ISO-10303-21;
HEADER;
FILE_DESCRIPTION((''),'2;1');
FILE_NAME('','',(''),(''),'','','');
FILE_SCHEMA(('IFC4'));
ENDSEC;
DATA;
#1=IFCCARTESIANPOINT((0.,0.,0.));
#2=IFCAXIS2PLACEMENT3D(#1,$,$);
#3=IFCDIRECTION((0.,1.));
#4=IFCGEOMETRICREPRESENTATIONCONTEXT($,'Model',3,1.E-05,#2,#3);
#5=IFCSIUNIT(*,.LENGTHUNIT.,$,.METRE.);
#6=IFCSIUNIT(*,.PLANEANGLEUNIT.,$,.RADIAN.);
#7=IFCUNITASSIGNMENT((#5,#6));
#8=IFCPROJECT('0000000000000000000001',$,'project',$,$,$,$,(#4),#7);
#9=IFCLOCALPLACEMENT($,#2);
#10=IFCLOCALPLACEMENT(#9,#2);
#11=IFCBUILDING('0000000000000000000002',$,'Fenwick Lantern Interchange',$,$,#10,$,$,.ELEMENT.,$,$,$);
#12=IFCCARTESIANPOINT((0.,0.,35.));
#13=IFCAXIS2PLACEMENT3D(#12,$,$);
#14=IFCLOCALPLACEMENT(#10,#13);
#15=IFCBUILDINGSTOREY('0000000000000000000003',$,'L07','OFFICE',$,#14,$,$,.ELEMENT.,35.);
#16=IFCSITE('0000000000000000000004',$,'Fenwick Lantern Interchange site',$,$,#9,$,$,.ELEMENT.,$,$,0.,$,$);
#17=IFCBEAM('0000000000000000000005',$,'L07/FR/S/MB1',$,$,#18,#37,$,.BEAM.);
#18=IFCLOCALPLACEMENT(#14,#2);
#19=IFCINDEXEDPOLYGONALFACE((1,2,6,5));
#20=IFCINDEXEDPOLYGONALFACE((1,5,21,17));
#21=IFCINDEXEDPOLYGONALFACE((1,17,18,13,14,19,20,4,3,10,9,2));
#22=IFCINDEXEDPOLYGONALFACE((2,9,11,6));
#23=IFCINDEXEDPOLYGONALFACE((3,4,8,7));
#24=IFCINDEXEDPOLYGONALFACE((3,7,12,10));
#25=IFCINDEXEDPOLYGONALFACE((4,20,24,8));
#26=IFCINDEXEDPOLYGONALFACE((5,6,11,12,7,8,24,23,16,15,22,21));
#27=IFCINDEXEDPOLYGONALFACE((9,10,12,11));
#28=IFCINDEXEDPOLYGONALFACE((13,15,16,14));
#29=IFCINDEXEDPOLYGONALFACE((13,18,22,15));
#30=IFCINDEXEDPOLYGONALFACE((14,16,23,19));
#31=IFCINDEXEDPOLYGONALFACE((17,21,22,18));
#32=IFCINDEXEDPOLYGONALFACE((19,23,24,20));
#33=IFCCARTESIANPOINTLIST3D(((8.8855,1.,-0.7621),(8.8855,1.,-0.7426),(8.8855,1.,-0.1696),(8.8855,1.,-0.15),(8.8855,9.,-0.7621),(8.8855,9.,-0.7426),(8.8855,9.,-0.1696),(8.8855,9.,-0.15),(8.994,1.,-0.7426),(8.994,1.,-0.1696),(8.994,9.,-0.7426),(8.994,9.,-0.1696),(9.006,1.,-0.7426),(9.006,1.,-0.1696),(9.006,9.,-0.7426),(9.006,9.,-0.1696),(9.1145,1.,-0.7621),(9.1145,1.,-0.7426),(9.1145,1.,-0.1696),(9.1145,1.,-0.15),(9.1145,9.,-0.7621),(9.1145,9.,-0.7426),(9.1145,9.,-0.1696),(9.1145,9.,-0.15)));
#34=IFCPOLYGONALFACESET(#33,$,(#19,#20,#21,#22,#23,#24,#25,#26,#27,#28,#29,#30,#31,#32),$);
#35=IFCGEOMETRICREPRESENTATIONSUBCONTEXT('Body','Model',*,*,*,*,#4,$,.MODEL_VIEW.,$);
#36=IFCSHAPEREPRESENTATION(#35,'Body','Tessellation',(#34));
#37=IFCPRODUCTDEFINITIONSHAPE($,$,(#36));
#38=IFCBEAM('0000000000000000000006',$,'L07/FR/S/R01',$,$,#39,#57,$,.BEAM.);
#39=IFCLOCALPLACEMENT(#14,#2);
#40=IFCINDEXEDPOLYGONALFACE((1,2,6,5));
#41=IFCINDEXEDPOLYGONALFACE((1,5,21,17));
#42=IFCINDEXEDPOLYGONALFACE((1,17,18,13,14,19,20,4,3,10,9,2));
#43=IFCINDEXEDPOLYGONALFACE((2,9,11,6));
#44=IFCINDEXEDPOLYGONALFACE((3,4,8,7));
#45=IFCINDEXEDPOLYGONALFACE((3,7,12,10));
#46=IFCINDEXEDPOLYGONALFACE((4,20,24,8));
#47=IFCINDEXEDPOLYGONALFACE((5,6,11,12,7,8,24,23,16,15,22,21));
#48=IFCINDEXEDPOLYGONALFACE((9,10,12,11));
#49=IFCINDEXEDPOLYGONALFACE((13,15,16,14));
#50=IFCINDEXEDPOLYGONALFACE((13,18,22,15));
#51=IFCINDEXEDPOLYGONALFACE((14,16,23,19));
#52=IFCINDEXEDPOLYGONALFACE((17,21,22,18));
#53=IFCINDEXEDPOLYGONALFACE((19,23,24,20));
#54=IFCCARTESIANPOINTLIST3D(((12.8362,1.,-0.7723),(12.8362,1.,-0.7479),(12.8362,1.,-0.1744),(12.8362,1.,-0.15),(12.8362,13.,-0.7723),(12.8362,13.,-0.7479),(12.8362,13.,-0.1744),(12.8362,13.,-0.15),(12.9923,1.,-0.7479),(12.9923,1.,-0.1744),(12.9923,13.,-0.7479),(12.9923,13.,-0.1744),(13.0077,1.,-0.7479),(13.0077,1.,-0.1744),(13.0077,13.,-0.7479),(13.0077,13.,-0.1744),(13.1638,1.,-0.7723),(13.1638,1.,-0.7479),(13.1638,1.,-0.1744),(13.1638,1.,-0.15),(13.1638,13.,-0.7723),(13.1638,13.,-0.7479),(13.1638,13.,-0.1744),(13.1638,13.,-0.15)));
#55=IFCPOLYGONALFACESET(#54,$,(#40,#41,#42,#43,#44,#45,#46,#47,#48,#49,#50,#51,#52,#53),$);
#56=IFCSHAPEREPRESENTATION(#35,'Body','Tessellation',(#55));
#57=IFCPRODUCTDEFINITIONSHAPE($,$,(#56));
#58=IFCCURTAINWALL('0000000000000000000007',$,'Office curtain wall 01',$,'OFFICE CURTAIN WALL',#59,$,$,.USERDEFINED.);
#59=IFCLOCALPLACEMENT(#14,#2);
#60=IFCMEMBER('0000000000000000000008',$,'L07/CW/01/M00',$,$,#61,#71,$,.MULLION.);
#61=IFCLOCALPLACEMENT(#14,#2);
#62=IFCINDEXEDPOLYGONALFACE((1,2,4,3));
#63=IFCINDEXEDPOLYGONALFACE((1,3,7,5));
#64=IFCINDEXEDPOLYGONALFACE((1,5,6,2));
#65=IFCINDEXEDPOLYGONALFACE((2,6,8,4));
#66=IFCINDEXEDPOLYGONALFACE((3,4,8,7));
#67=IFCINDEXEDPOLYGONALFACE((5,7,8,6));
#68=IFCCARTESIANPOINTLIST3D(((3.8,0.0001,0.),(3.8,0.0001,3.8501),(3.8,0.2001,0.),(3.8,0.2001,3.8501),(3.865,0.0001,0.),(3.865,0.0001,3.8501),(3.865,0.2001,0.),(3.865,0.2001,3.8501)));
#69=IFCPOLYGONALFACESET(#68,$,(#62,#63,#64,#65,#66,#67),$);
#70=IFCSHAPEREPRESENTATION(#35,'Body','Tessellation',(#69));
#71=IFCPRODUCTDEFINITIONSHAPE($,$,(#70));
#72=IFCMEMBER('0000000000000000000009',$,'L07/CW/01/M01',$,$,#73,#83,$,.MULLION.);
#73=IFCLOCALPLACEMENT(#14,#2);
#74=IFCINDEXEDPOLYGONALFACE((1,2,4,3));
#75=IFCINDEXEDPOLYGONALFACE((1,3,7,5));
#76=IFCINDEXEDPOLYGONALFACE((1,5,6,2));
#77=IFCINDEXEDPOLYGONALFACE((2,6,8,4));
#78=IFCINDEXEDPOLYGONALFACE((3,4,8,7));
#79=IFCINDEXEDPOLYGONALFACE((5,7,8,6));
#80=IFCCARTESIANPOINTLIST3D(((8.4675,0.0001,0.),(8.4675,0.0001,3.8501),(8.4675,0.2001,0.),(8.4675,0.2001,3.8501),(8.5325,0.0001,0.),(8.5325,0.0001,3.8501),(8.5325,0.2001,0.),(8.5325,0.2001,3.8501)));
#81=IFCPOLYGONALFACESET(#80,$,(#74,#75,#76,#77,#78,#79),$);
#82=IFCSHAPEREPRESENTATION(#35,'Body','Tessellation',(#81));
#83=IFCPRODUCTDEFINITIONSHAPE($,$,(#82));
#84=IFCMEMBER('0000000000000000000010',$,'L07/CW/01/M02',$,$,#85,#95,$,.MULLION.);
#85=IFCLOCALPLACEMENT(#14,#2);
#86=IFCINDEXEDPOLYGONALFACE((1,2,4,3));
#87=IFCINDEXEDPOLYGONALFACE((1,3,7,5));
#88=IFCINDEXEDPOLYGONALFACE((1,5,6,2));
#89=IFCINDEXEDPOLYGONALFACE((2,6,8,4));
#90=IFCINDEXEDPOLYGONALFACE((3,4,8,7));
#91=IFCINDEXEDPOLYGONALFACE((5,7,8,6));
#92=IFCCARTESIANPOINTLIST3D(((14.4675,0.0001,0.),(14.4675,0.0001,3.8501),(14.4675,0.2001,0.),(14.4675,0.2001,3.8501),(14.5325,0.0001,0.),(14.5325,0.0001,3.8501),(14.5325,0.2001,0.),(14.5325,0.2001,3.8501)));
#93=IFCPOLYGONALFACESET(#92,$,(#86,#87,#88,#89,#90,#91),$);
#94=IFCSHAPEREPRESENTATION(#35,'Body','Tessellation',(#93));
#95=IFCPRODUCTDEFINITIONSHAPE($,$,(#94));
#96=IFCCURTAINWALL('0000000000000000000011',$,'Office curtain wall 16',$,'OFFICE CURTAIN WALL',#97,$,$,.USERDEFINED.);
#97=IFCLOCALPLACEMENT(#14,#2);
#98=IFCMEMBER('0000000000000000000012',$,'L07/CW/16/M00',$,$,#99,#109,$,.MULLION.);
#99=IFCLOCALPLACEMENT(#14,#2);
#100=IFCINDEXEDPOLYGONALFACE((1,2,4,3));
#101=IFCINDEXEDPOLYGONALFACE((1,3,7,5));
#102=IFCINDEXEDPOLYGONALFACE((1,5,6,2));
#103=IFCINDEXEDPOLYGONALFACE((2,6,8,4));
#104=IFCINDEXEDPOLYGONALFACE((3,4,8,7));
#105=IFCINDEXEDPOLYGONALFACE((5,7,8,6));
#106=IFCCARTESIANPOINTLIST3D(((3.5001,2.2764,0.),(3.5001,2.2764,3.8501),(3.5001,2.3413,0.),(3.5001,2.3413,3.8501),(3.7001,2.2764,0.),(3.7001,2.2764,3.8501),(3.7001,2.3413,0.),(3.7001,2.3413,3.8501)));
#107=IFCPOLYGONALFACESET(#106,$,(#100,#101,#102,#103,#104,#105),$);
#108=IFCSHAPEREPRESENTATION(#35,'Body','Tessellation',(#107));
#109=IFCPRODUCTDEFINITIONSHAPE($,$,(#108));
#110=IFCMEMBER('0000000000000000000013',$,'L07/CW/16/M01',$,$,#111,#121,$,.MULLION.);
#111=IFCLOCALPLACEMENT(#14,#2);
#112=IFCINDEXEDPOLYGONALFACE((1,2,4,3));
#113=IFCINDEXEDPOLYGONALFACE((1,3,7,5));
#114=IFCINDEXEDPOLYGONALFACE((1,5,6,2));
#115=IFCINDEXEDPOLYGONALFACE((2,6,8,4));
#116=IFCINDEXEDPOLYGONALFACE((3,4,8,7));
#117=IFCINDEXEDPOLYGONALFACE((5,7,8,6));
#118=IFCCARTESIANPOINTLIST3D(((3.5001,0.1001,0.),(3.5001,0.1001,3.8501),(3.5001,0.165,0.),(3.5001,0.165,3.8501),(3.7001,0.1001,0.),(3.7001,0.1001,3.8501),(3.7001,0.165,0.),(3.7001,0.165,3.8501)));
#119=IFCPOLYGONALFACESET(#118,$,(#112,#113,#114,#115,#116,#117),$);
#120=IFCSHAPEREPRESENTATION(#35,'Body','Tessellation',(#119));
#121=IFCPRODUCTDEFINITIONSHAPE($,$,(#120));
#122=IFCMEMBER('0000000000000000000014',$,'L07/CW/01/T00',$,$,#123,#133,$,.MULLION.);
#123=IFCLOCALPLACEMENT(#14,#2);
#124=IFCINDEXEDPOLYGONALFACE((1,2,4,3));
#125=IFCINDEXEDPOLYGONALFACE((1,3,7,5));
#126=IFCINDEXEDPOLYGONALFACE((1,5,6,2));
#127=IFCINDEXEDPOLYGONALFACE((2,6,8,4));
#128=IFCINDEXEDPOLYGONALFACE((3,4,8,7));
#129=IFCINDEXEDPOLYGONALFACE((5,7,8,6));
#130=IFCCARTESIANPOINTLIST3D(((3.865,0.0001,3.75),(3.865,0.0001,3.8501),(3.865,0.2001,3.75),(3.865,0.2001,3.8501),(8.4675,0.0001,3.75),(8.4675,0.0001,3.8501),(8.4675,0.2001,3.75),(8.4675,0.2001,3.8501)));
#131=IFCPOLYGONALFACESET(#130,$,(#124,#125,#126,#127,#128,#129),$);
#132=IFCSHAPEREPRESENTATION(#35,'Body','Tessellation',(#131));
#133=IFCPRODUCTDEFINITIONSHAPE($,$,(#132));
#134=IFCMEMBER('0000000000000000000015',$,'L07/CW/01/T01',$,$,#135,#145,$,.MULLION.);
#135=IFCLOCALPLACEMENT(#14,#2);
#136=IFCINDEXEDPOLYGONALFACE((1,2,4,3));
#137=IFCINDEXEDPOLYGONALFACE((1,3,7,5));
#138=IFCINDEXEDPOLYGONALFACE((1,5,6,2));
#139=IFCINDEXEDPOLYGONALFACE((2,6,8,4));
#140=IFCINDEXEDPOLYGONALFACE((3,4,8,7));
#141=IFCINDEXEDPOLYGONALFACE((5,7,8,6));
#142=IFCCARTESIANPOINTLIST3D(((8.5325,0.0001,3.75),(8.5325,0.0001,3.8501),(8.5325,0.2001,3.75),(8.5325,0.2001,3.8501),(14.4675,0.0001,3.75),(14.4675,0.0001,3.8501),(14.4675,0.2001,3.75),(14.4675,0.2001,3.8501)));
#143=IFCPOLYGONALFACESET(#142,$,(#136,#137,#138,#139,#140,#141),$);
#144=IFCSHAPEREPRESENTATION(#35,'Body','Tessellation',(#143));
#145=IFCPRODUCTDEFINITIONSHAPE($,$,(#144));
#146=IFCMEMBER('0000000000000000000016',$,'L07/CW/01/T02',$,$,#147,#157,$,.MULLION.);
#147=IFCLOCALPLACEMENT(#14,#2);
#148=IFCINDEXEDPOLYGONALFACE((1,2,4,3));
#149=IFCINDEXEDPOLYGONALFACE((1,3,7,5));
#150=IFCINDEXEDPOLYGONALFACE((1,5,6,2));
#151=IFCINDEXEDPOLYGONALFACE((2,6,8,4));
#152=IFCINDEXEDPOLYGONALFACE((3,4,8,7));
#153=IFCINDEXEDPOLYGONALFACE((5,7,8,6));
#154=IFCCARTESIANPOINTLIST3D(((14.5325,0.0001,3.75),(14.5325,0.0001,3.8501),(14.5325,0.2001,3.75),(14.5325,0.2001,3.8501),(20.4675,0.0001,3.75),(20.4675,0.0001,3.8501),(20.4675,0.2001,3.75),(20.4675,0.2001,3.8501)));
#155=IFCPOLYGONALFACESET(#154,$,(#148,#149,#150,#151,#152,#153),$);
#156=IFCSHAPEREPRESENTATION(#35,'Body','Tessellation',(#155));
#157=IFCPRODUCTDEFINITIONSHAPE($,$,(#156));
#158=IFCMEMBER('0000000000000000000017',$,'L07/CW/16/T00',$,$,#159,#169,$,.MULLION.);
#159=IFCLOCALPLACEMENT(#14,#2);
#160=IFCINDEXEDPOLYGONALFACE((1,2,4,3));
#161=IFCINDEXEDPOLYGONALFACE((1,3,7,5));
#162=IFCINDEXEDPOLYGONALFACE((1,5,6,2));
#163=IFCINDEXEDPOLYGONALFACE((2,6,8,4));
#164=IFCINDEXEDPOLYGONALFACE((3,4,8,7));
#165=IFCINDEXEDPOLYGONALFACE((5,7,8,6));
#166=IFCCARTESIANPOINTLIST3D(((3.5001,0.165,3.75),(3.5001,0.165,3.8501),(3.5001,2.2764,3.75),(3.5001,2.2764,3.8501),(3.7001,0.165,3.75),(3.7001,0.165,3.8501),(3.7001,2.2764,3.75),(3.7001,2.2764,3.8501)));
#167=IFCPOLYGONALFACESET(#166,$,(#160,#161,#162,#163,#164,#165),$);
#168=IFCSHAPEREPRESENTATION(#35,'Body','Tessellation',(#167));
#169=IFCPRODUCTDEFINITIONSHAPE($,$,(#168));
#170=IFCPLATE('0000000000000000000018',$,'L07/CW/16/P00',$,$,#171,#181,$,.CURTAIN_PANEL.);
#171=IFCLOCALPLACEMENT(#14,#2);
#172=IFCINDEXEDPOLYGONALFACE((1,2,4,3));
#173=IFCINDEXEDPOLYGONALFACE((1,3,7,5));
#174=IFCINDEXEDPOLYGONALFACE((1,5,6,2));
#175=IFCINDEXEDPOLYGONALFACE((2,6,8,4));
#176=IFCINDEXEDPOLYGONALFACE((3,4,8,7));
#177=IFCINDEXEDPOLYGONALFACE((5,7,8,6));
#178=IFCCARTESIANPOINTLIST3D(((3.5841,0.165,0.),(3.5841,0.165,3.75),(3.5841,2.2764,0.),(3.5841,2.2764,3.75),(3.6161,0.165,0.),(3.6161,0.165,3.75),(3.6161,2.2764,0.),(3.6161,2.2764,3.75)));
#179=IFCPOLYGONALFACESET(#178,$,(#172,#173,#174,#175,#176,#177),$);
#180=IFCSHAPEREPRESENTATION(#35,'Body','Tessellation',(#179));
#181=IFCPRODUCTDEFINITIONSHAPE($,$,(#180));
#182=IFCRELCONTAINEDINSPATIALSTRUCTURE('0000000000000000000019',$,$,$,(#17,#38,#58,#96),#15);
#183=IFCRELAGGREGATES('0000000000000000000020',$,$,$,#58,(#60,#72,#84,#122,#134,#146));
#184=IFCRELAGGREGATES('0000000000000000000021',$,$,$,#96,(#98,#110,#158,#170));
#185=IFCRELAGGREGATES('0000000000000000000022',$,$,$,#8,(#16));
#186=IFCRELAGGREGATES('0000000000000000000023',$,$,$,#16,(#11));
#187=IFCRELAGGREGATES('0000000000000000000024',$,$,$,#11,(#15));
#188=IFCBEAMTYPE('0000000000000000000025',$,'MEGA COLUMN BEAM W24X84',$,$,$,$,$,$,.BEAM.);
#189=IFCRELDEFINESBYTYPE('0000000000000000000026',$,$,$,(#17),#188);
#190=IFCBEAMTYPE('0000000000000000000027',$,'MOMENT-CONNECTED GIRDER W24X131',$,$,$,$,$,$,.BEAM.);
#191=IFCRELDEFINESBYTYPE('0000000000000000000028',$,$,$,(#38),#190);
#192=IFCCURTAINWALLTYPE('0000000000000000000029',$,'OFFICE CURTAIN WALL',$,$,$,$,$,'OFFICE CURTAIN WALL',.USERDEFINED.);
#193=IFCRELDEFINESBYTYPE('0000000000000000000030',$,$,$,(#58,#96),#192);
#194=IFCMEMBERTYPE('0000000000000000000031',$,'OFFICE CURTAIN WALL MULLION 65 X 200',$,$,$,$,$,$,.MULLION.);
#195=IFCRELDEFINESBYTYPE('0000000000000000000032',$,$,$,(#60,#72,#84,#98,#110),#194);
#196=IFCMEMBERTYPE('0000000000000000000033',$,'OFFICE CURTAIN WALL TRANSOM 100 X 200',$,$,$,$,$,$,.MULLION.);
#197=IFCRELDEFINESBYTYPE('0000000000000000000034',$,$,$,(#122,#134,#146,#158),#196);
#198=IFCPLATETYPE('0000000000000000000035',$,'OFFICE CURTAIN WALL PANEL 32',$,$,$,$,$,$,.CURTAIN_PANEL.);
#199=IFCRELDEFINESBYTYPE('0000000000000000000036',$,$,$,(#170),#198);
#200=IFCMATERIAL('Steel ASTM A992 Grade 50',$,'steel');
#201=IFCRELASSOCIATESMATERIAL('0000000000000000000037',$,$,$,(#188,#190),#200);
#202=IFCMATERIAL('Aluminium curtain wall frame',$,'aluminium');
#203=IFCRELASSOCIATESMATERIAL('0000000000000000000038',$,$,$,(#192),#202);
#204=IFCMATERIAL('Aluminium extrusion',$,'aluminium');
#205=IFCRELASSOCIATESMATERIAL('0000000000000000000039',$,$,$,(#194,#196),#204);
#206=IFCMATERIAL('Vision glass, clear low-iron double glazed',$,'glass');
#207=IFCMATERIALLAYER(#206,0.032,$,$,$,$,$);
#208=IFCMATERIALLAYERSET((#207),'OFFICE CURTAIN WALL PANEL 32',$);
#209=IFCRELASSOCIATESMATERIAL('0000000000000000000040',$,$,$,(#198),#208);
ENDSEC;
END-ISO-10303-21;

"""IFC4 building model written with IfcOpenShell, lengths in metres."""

from ifc_helpers import new_model, si_unit, direction, frame, origin, origin_2d, place, context, subcontext, project, spatial, rectangle, i_section, extrude, material, layer, layer_set, material_profile, profile_set, type_object, element, aggregate, save


model = new_model("IFC4")

# Units and contexts
model_context = context("Model", 3, precision=1e-05, world=origin(), true_north=direction((0.0, 1.0)))
body_context = subcontext(model_context, "Body", "Model", "MODEL_VIEW")
ifc_project = project(units=[si_unit("LENGTHUNIT", "METRE"), si_unit("PLANEANGLEUNIT", "RADIAN")], contexts=[model_context])

# Site, building, storey
site_placement = place(None, origin())
site = spatial("IfcSite", under=ifc_project, at=site_placement, Name="Fenwick Lantern Interchange site", CompositionType="ELEMENT", RefElevation=0.0)
building_placement = place(site_placement, origin())
building = spatial("IfcBuilding", under=site, at=building_placement, Name="Fenwick Lantern Interchange", CompositionType="ELEMENT")
storey_placement = place(building_placement, frame((0.0, 0.0, 35.0)))
storey = spatial("IfcBuildingStorey", under=building, at=storey_placement, Name="L07", Description="OFFICE", CompositionType="ELEMENT", Elevation=35.0)

# Beams
ifc_material_1 = material(Name="Steel ASTM A992 Grade 50", Category="steel")
ifc_material_profile_1 = material_profile(ifc_material_1, i_section(OverallWidth=0.229, OverallDepth=0.6121, WebThickness=0.012, FlangeThickness=0.0195, at=origin_2d()), Name="W24X84")
ifc_profile_set_1 = profile_set([ifc_material_profile_1], Name="Steel ASTM A992 Grade 50")
beam_type_1 = type_object("IfcBeamType", Name="MEGA COLUMN BEAM W24X84", PredefinedType="BEAM", material=ifc_profile_set_1)
beam_1_placement = place(storey_placement, frame((9.0, 9.0, -0.4561), z_axis=(0.0, -1.0, 0.0), x_axis=(1.0, 0.0, 0.0)))
element("IfcBeam", 1, at=beam_1_placement, inside=storey, type_object=beam_type_1, Name="L07/FR/S/MB1", PredefinedType="BEAM", context=body_context, shape_type="SweptSolid", body=[
    extrude(i_section(OverallWidth=0.229, OverallDepth=0.6121, WebThickness=0.012, FlangeThickness=0.0195, at=origin_2d()), origin(), (0.0, 0.0, 1.0), 8.0),
])
ifc_material_profile_2 = material_profile(ifc_material_1, i_section(OverallWidth=0.3276, OverallDepth=0.6223, WebThickness=0.0154, FlangeThickness=0.0244, at=origin_2d()), Name="W24X131")
ifc_profile_set_2 = profile_set([ifc_material_profile_2], Name="Steel ASTM A992 Grade 50")
beam_type_2 = type_object("IfcBeamType", Name="MOMENT-CONNECTED GIRDER W24X131", PredefinedType="BEAM", material=ifc_profile_set_2)
beam_2_placement = place(storey_placement, frame((13.0, 1.0, -0.4612), z_axis=(0.0, 1.0, 0.0), x_axis=(-1.0, 0.0, 0.0)))
element("IfcBeam", 2, at=beam_2_placement, inside=storey, type_object=beam_type_2, Name="L07/FR/S/R01", PredefinedType="BEAM", context=body_context, shape_type="SweptSolid", body=[
    extrude(i_section(OverallWidth=0.3276, OverallDepth=0.6223, WebThickness=0.0154, FlangeThickness=0.0244, at=origin_2d()), origin(), (0.0, 0.0, 1.0), 12.0),
])

# Curtain walls, members
ifc_material_2 = material(Name="Aluminium curtain wall frame", Category="aluminium")
curtain_wall_type = type_object("IfcCurtainWallType", Name="OFFICE CURTAIN WALL", ElementType="OFFICE CURTAIN WALL", PredefinedType="USERDEFINED", material=ifc_material_2)
curtain_wall_1_placement = place(storey_placement, origin())
curtain_wall_1 = element("IfcCurtainWall", 3, at=curtain_wall_1_placement, inside=storey, type_object=curtain_wall_type, Name="Office curtain wall 01", ObjectType="OFFICE CURTAIN WALL", PredefinedType="USERDEFINED")
ifc_material_3 = material(Name="Aluminium extrusion", Category="aluminium")
ifc_material_profile_3 = material_profile(ifc_material_3, rectangle(XDim=0.2, YDim=0.0649, at=origin_2d()), Name="OFFICE CURTAIN WALL MULLION 65 X 200")
ifc_profile_set_3 = profile_set([ifc_material_profile_3], Name="Aluminium extrusion")
member_type_1 = type_object("IfcMemberType", Name="OFFICE CURTAIN WALL MULLION 65 X 200", PredefinedType="MULLION", material=ifc_profile_set_3)
member_1_placement = place(storey_placement, frame((3.8325, 0.1001, 0.0), z_axis=(0.0, 0.0, 1.0), x_axis=(0.0, 1.0, 0.0)))
member_1 = element("IfcMember", 4, at=member_1_placement, type_object=member_type_1, Name="L07/CW/01/M00", PredefinedType="MULLION", context=body_context, shape_type="SweptSolid", body=[
    extrude(rectangle(XDim=0.2, YDim=0.0649, at=origin_2d()), origin(), (0.0, 0.0, 1.0), 3.8501),
])
member_2_placement = place(storey_placement, frame((8.5, 0.1001, 0.0), z_axis=(0.0, 0.0, 1.0), x_axis=(0.0, 1.0, 0.0)))
member_2 = element("IfcMember", 5, at=member_2_placement, type_object=member_type_1, Name="L07/CW/01/M01", PredefinedType="MULLION", context=body_context, shape_type="SweptSolid", body=[
    extrude(rectangle(XDim=0.2, YDim=0.0649, at=origin_2d()), origin(), (0.0, 0.0, 1.0), 3.8501),
])
member_3_placement = place(storey_placement, frame((14.5, 0.1001, 0.0), z_axis=(0.0, 0.0, 1.0), x_axis=(0.0, 1.0, 0.0)))
member_3 = element("IfcMember", 6, at=member_3_placement, type_object=member_type_1, Name="L07/CW/01/M02", PredefinedType="MULLION", context=body_context, shape_type="SweptSolid", body=[
    extrude(rectangle(XDim=0.2, YDim=0.0649, at=origin_2d()), origin(), (0.0, 0.0, 1.0), 3.8501),
])
curtain_wall_2_placement = place(storey_placement, origin())
curtain_wall_2 = element("IfcCurtainWall", 7, at=curtain_wall_2_placement, inside=storey, type_object=curtain_wall_type, Name="Office curtain wall 16", ObjectType="OFFICE CURTAIN WALL", PredefinedType="USERDEFINED")
member_4_placement = place(storey_placement, frame((3.6001, 2.3088, 0.0), z_axis=(0.0, 0.0, 1.0), x_axis=(1.0, 0.0, 0.0)))
member_4 = element("IfcMember", 8, at=member_4_placement, type_object=member_type_1, Name="L07/CW/16/M00", PredefinedType="MULLION", context=body_context, shape_type="SweptSolid", body=[
    extrude(rectangle(XDim=0.2, YDim=0.0649, at=origin_2d()), origin(), (0.0, 0.0, 1.0), 3.8501),
])
member_5_placement = place(storey_placement, frame((3.6001, 0.1326, 0.0), z_axis=(0.0, 0.0, 1.0), x_axis=(1.0, 0.0, 0.0)))
member_5 = element("IfcMember", 9, at=member_5_placement, type_object=member_type_1, Name="L07/CW/16/M01", PredefinedType="MULLION", context=body_context, shape_type="SweptSolid", body=[
    extrude(rectangle(XDim=0.2, YDim=0.0649, at=origin_2d()), origin(), (0.0, 0.0, 1.0), 3.8501),
])

# Members
ifc_material_profile_4 = material_profile(ifc_material_3, rectangle(XDim=0.2, YDim=0.1001, at=origin_2d()), Name="OFFICE CURTAIN WALL TRANSOM 100 X 200")
ifc_profile_set_4 = profile_set([ifc_material_profile_4], Name="Aluminium extrusion")
member_type_2 = type_object("IfcMemberType", Name="OFFICE CURTAIN WALL TRANSOM 100 X 200", PredefinedType="MULLION", material=ifc_profile_set_4)
member_6_placement = place(storey_placement, frame((3.865, 0.1001, 3.8), z_axis=(1.0, 0.0, 0.0), x_axis=(0.0, 1.0, 0.0)))
member_6 = element("IfcMember", 10, at=member_6_placement, type_object=member_type_2, Name="L07/CW/01/T00", PredefinedType="MULLION", context=body_context, shape_type="SweptSolid", body=[
    extrude(rectangle(XDim=0.2, YDim=0.1001, at=origin_2d()), origin(), (0.0, 0.0, 1.0), 4.6025),
])
member_7_placement = place(storey_placement, frame((8.5325, 0.1001, 3.8), z_axis=(1.0, 0.0, 0.0), x_axis=(0.0, 1.0, 0.0)))
member_7 = element("IfcMember", 11, at=member_7_placement, type_object=member_type_2, Name="L07/CW/01/T01", PredefinedType="MULLION", context=body_context, shape_type="SweptSolid", body=[
    extrude(rectangle(XDim=0.2, YDim=0.1001, at=origin_2d()), origin(), (0.0, 0.0, 1.0), 5.9351),
])
member_8_placement = place(storey_placement, frame((14.5325, 0.1001, 3.8), z_axis=(1.0, 0.0, 0.0), x_axis=(0.0, 1.0, 0.0)))
member_8 = element("IfcMember", 12, at=member_8_placement, type_object=member_type_2, Name="L07/CW/01/T02", PredefinedType="MULLION", context=body_context, shape_type="SweptSolid", body=[
    extrude(rectangle(XDim=0.2, YDim=0.1001, at=origin_2d()), origin(), (0.0, 0.0, 1.0), 5.9351),
])
member_9_placement = place(storey_placement, frame((3.6001, 2.2764, 3.8), z_axis=(0.0, -1.0, 0.0), x_axis=(1.0, 0.0, 0.0)))
member_9 = element("IfcMember", 13, at=member_9_placement, type_object=member_type_2, Name="L07/CW/16/T00", PredefinedType="MULLION", context=body_context, shape_type="SweptSolid", body=[
    extrude(rectangle(XDim=0.2, YDim=0.1001, at=origin_2d()), origin(), (0.0, 0.0, 1.0), 2.1113),
])

# Plate
ifc_material_4 = material(Name="Vision glass, clear low-iron double glazed", Category="glass")
ifc_layer_1 = layer(ifc_material_4, 0.032)
ifc_layer_set_1 = layer_set([ifc_layer_1], Name="OFFICE CURTAIN WALL PANEL 32")
plate_type = type_object("IfcPlateType", Name="OFFICE CURTAIN WALL PANEL 32", PredefinedType="CURTAIN_PANEL", material=ifc_layer_set_1)
aggregate(curtain_wall_1, [member_1, member_2, member_3, member_6, member_7, member_8])
plate_1_placement = place(storey_placement, frame((3.6001, 1.2207, 0.0), z_axis=(0.0, 0.0, 1.0), x_axis=(0.0, -1.0, 0.0)))
plate_1 = element("IfcPlate", 14, at=plate_1_placement, type_object=plate_type, Name="L07/CW/16/P00", PredefinedType="CURTAIN_PANEL", context=body_context, shape_type="SweptSolid", body=[
    extrude(rectangle(XDim=2.1113, YDim=0.032, at=origin_2d()), origin(), (0.0, 0.0, 1.0), 3.75),
])
aggregate(curtain_wall_2, [member_4, member_5, member_9, plate_1])

save(model, "model.ifc")
